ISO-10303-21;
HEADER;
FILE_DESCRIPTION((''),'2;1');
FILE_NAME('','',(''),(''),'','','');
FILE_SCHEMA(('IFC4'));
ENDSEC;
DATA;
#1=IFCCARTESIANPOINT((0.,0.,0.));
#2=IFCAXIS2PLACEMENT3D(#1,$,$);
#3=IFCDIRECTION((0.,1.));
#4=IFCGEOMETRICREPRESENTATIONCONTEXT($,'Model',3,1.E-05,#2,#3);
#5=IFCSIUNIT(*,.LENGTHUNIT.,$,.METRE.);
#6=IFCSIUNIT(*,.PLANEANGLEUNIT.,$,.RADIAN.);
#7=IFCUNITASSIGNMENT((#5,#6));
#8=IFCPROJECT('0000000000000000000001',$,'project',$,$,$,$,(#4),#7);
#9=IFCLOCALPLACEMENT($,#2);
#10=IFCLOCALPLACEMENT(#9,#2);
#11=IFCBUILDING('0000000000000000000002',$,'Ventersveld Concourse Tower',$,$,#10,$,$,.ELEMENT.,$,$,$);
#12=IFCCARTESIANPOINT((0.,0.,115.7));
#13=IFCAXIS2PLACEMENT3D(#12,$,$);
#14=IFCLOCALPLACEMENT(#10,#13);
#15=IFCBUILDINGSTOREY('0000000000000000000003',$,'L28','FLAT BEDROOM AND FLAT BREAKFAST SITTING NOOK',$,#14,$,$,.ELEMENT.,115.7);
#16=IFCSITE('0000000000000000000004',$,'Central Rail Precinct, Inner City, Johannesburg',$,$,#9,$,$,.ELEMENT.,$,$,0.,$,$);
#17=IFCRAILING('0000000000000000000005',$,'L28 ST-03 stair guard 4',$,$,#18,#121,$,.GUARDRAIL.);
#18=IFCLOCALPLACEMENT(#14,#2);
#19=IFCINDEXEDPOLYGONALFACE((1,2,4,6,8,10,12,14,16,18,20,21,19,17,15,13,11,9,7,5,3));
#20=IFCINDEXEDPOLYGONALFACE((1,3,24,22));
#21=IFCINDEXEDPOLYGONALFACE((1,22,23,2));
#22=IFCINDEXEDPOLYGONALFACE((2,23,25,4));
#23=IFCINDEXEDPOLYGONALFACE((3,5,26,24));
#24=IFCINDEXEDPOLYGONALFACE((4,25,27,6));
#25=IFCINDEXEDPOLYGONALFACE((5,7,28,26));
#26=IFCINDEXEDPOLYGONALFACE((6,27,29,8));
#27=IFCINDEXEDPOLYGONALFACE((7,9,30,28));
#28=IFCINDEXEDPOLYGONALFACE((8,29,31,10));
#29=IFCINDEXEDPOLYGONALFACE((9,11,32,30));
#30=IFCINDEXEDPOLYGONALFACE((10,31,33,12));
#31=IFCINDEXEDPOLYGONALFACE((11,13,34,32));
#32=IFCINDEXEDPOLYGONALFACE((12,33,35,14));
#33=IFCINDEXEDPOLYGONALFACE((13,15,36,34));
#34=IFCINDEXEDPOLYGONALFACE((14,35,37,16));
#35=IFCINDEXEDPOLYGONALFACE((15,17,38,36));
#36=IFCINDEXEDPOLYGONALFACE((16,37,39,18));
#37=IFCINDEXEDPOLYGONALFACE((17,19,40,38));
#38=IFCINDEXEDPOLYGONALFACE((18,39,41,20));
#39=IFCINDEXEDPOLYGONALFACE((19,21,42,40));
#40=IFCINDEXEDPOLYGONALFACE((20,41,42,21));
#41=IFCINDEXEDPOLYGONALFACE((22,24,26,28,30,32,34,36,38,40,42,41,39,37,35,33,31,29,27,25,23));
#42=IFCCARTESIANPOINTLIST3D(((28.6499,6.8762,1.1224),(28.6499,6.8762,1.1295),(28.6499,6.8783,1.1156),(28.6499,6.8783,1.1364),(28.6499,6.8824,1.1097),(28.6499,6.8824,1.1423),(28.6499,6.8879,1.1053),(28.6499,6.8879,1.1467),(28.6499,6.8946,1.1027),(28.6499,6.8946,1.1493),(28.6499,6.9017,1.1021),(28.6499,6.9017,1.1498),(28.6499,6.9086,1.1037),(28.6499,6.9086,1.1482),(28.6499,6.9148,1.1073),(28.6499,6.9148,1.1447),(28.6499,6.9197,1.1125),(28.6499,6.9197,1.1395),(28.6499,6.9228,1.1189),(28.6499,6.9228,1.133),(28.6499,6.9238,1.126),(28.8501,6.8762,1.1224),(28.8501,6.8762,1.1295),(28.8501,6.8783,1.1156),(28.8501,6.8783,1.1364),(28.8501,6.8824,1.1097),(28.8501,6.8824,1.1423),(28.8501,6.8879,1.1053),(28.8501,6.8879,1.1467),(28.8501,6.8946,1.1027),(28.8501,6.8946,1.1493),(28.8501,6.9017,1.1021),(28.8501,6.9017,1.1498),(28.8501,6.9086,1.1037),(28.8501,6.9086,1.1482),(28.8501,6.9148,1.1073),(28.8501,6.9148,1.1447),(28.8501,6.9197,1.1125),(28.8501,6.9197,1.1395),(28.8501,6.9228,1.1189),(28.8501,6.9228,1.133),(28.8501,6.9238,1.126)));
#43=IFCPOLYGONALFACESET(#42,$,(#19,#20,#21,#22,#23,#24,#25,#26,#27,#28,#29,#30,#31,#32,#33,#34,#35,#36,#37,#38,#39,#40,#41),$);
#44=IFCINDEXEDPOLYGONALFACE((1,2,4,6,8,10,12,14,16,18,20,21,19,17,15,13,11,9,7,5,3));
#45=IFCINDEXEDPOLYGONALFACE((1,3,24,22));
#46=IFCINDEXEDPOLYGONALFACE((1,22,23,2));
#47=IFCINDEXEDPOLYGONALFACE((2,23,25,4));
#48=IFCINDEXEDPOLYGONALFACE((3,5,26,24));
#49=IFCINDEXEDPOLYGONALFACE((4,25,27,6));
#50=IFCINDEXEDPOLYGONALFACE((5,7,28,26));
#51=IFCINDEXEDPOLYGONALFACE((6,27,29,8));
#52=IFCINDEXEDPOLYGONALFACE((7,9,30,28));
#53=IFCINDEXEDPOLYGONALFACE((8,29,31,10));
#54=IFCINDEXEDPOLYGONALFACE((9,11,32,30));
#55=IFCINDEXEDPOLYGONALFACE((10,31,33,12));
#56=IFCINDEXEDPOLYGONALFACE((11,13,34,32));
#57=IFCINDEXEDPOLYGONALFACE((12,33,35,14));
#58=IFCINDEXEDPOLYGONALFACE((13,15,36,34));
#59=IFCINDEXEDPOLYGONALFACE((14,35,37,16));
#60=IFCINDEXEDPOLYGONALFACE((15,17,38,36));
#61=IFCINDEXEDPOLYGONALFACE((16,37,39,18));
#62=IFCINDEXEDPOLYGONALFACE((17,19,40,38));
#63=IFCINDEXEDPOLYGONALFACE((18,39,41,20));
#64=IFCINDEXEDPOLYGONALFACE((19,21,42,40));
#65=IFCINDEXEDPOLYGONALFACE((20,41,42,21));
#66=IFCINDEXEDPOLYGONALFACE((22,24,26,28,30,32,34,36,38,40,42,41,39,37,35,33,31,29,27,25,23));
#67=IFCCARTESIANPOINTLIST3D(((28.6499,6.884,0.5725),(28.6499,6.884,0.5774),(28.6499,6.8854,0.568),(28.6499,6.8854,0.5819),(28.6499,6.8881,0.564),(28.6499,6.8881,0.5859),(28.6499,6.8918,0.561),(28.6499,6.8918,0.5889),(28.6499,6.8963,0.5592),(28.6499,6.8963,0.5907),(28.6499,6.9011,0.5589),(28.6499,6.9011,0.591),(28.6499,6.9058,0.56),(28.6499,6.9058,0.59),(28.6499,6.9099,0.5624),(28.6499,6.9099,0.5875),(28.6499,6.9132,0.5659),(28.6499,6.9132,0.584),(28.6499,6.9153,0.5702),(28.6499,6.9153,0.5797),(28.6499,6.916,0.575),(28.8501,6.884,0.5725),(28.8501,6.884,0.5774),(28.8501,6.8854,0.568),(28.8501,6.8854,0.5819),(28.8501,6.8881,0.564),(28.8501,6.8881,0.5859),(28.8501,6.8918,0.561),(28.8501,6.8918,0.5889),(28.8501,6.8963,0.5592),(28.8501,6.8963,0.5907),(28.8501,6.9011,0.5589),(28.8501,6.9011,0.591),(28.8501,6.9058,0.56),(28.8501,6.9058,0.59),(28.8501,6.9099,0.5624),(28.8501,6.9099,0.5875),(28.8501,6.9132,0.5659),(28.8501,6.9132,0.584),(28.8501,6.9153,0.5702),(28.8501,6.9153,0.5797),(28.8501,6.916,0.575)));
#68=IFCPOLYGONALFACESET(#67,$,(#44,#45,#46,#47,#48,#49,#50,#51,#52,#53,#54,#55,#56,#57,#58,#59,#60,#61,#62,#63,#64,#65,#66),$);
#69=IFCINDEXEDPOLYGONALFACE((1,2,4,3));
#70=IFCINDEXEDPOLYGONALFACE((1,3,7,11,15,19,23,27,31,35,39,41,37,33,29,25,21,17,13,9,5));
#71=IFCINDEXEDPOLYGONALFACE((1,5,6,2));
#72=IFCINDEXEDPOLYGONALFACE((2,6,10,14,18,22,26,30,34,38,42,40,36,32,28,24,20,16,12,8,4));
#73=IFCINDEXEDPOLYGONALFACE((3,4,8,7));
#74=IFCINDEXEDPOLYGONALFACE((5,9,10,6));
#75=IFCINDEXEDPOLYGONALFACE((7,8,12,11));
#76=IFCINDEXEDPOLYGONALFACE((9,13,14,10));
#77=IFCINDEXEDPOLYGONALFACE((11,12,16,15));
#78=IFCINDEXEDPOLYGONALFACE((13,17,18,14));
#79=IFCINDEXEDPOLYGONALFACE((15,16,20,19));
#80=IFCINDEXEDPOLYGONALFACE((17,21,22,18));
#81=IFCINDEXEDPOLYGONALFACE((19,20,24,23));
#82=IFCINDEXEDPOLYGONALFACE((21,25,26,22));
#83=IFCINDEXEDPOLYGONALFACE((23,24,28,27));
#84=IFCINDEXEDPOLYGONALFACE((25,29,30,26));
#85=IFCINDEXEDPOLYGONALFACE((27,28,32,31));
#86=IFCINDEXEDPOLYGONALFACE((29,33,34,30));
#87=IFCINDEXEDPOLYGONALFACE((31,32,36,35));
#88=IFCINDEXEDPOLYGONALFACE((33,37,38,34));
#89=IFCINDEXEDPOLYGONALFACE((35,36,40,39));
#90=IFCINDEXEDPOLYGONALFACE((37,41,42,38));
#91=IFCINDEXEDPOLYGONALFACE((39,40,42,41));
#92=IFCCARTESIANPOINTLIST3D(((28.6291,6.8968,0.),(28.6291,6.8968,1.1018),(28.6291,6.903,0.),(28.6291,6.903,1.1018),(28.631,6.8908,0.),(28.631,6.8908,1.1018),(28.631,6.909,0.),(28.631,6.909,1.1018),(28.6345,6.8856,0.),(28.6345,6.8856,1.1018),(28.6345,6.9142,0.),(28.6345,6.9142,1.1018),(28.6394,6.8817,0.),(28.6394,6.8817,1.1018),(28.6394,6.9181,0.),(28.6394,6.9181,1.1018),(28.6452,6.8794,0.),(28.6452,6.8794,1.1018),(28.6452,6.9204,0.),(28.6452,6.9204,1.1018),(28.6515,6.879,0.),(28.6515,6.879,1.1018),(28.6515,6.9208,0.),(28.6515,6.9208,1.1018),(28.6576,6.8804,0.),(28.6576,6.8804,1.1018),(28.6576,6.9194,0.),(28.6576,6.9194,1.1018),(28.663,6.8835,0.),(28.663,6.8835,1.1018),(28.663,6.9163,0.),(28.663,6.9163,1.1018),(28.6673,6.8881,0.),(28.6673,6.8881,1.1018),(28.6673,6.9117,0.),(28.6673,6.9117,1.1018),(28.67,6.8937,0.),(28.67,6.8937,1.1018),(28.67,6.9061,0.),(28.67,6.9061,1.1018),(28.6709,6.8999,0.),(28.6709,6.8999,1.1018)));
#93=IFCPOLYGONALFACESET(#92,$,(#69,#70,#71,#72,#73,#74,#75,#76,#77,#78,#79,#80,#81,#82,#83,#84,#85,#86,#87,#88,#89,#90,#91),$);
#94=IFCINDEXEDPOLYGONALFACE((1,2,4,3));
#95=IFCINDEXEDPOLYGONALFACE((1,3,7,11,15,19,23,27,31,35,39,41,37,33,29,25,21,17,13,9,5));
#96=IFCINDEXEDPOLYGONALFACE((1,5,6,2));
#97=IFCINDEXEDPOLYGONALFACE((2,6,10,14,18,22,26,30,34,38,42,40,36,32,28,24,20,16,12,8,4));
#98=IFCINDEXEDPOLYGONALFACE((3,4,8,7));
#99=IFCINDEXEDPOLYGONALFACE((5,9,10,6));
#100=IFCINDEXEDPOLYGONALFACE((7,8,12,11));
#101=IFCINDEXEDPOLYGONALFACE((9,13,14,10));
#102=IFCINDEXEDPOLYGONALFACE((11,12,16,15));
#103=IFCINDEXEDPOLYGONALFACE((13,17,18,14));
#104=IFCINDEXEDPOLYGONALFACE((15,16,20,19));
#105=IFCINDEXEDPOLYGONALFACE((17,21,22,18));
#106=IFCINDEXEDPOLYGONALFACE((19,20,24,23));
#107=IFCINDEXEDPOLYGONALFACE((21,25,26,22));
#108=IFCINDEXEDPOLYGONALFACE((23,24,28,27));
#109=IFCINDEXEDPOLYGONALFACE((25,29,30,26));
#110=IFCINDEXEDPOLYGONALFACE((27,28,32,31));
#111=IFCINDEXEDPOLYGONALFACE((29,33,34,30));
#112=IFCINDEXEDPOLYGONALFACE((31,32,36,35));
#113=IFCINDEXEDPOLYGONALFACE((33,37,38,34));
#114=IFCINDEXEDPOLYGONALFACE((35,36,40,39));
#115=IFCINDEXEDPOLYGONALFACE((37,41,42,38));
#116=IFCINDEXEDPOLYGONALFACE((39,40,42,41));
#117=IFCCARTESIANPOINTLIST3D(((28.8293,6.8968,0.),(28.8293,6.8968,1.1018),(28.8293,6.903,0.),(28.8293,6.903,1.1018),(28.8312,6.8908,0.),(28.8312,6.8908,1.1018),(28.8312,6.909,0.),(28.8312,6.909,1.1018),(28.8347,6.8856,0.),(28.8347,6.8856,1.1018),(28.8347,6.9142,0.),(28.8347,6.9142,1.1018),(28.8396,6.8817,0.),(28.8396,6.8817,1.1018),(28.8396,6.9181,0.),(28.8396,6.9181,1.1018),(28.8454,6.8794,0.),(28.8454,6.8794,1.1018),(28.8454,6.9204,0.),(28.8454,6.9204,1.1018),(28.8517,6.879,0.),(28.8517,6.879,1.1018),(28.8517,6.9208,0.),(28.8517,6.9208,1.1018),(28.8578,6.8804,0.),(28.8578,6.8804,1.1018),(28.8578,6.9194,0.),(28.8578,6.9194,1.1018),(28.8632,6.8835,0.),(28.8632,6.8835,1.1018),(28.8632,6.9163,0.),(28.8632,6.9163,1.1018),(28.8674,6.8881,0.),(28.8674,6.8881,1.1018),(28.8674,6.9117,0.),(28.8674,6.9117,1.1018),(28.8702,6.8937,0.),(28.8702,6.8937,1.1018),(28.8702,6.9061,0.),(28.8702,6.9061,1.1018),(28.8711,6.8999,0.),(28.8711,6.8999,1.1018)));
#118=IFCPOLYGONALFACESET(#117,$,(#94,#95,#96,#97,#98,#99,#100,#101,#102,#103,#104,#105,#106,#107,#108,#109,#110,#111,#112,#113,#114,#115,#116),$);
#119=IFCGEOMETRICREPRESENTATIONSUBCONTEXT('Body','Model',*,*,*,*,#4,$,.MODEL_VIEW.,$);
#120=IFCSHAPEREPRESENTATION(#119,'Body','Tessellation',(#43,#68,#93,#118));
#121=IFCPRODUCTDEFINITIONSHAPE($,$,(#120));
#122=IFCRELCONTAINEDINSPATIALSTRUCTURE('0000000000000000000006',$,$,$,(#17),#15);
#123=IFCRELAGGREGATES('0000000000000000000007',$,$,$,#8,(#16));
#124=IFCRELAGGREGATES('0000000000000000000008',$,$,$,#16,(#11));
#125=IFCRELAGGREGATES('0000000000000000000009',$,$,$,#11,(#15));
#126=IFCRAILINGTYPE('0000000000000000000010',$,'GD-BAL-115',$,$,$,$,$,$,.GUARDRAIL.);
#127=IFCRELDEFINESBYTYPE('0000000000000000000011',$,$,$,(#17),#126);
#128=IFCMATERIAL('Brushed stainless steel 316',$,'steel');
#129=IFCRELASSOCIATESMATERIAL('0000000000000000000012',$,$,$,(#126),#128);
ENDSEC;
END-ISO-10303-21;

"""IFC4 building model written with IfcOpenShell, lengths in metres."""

from ifc_helpers import new_model, si_unit, direction, frame, origin, origin_2d, place, context, subcontext, project, spatial, circle, extrude, material, type_object, element, save


model = new_model("IFC4")

# Units and contexts
model_context = context("Model", 3, precision=1e-05, world=origin(), true_north=direction((0.0, 1.0)))
body_context = subcontext(model_context, "Body", "Model", "MODEL_VIEW")
ifc_project = project(units=[si_unit("LENGTHUNIT", "METRE"), si_unit("PLANEANGLEUNIT", "RADIAN")], contexts=[model_context])

# Site, building, storey
site_placement = place(None, origin())
site = spatial("IfcSite", under=ifc_project, at=site_placement, Name="Central Rail Precinct, Inner City, Johannesburg", CompositionType="ELEMENT", RefElevation=0.0)
building_placement = place(site_placement, origin())
building = spatial("IfcBuilding", under=site, at=building_placement, Name="Ventersveld Concourse Tower", CompositionType="ELEMENT")
storey_placement = place(building_placement, frame((0.0, 0.0, 115.7)))
storey = spatial("IfcBuildingStorey", under=building, at=storey_placement, Name="L28", Description="FLAT BEDROOM AND FLAT BREAKFAST SITTING NOOK", CompositionType="ELEMENT", Elevation=115.7)

# Shared definitions
ifc_material_1 = material(Name="Brushed stainless steel 316", Category="steel")

# Railing
railing_type = type_object("IfcRailingType", Name="GD-BAL-115", PredefinedType="GUARDRAIL", material=ifc_material_1)
railing_1_placement = place(storey_placement, frame((28.6499, 6.8999, 0.0)))
element("IfcRailing", 1, at=railing_1_placement, inside=storey, type_object=railing_type, Name="L28 ST-03 stair guard 4", PredefinedType="GUARDRAIL", context=body_context, shape_type="SweptSolid", body=[
    extrude(circle(Radius=0.0239, at=origin_2d()), frame((0.0, 0.0, 1.126), z_axis=(1.0, 0.0, 0.0), x_axis=(0.0, 1.0, 0.0)), (0.0, 0.0, 1.0), 0.2002),
    extrude(circle(Radius=0.0161, at=origin_2d()), frame((0.0, 0.0, 0.575), z_axis=(1.0, 0.0, 0.0), x_axis=(0.0, 1.0, 0.0)), (0.0, 0.0, 1.0), 0.2002),
    extrude(circle(Radius=0.021, at=origin_2d()), origin(), (0.0, 0.0, 1.0), 1.1018),
    extrude(circle(Radius=0.021, at=origin_2d()), frame((0.2002, 0.0, 0.0)), (0.0, 0.0, 1.0), 1.1018),
])

save(model, "model.ifc")
